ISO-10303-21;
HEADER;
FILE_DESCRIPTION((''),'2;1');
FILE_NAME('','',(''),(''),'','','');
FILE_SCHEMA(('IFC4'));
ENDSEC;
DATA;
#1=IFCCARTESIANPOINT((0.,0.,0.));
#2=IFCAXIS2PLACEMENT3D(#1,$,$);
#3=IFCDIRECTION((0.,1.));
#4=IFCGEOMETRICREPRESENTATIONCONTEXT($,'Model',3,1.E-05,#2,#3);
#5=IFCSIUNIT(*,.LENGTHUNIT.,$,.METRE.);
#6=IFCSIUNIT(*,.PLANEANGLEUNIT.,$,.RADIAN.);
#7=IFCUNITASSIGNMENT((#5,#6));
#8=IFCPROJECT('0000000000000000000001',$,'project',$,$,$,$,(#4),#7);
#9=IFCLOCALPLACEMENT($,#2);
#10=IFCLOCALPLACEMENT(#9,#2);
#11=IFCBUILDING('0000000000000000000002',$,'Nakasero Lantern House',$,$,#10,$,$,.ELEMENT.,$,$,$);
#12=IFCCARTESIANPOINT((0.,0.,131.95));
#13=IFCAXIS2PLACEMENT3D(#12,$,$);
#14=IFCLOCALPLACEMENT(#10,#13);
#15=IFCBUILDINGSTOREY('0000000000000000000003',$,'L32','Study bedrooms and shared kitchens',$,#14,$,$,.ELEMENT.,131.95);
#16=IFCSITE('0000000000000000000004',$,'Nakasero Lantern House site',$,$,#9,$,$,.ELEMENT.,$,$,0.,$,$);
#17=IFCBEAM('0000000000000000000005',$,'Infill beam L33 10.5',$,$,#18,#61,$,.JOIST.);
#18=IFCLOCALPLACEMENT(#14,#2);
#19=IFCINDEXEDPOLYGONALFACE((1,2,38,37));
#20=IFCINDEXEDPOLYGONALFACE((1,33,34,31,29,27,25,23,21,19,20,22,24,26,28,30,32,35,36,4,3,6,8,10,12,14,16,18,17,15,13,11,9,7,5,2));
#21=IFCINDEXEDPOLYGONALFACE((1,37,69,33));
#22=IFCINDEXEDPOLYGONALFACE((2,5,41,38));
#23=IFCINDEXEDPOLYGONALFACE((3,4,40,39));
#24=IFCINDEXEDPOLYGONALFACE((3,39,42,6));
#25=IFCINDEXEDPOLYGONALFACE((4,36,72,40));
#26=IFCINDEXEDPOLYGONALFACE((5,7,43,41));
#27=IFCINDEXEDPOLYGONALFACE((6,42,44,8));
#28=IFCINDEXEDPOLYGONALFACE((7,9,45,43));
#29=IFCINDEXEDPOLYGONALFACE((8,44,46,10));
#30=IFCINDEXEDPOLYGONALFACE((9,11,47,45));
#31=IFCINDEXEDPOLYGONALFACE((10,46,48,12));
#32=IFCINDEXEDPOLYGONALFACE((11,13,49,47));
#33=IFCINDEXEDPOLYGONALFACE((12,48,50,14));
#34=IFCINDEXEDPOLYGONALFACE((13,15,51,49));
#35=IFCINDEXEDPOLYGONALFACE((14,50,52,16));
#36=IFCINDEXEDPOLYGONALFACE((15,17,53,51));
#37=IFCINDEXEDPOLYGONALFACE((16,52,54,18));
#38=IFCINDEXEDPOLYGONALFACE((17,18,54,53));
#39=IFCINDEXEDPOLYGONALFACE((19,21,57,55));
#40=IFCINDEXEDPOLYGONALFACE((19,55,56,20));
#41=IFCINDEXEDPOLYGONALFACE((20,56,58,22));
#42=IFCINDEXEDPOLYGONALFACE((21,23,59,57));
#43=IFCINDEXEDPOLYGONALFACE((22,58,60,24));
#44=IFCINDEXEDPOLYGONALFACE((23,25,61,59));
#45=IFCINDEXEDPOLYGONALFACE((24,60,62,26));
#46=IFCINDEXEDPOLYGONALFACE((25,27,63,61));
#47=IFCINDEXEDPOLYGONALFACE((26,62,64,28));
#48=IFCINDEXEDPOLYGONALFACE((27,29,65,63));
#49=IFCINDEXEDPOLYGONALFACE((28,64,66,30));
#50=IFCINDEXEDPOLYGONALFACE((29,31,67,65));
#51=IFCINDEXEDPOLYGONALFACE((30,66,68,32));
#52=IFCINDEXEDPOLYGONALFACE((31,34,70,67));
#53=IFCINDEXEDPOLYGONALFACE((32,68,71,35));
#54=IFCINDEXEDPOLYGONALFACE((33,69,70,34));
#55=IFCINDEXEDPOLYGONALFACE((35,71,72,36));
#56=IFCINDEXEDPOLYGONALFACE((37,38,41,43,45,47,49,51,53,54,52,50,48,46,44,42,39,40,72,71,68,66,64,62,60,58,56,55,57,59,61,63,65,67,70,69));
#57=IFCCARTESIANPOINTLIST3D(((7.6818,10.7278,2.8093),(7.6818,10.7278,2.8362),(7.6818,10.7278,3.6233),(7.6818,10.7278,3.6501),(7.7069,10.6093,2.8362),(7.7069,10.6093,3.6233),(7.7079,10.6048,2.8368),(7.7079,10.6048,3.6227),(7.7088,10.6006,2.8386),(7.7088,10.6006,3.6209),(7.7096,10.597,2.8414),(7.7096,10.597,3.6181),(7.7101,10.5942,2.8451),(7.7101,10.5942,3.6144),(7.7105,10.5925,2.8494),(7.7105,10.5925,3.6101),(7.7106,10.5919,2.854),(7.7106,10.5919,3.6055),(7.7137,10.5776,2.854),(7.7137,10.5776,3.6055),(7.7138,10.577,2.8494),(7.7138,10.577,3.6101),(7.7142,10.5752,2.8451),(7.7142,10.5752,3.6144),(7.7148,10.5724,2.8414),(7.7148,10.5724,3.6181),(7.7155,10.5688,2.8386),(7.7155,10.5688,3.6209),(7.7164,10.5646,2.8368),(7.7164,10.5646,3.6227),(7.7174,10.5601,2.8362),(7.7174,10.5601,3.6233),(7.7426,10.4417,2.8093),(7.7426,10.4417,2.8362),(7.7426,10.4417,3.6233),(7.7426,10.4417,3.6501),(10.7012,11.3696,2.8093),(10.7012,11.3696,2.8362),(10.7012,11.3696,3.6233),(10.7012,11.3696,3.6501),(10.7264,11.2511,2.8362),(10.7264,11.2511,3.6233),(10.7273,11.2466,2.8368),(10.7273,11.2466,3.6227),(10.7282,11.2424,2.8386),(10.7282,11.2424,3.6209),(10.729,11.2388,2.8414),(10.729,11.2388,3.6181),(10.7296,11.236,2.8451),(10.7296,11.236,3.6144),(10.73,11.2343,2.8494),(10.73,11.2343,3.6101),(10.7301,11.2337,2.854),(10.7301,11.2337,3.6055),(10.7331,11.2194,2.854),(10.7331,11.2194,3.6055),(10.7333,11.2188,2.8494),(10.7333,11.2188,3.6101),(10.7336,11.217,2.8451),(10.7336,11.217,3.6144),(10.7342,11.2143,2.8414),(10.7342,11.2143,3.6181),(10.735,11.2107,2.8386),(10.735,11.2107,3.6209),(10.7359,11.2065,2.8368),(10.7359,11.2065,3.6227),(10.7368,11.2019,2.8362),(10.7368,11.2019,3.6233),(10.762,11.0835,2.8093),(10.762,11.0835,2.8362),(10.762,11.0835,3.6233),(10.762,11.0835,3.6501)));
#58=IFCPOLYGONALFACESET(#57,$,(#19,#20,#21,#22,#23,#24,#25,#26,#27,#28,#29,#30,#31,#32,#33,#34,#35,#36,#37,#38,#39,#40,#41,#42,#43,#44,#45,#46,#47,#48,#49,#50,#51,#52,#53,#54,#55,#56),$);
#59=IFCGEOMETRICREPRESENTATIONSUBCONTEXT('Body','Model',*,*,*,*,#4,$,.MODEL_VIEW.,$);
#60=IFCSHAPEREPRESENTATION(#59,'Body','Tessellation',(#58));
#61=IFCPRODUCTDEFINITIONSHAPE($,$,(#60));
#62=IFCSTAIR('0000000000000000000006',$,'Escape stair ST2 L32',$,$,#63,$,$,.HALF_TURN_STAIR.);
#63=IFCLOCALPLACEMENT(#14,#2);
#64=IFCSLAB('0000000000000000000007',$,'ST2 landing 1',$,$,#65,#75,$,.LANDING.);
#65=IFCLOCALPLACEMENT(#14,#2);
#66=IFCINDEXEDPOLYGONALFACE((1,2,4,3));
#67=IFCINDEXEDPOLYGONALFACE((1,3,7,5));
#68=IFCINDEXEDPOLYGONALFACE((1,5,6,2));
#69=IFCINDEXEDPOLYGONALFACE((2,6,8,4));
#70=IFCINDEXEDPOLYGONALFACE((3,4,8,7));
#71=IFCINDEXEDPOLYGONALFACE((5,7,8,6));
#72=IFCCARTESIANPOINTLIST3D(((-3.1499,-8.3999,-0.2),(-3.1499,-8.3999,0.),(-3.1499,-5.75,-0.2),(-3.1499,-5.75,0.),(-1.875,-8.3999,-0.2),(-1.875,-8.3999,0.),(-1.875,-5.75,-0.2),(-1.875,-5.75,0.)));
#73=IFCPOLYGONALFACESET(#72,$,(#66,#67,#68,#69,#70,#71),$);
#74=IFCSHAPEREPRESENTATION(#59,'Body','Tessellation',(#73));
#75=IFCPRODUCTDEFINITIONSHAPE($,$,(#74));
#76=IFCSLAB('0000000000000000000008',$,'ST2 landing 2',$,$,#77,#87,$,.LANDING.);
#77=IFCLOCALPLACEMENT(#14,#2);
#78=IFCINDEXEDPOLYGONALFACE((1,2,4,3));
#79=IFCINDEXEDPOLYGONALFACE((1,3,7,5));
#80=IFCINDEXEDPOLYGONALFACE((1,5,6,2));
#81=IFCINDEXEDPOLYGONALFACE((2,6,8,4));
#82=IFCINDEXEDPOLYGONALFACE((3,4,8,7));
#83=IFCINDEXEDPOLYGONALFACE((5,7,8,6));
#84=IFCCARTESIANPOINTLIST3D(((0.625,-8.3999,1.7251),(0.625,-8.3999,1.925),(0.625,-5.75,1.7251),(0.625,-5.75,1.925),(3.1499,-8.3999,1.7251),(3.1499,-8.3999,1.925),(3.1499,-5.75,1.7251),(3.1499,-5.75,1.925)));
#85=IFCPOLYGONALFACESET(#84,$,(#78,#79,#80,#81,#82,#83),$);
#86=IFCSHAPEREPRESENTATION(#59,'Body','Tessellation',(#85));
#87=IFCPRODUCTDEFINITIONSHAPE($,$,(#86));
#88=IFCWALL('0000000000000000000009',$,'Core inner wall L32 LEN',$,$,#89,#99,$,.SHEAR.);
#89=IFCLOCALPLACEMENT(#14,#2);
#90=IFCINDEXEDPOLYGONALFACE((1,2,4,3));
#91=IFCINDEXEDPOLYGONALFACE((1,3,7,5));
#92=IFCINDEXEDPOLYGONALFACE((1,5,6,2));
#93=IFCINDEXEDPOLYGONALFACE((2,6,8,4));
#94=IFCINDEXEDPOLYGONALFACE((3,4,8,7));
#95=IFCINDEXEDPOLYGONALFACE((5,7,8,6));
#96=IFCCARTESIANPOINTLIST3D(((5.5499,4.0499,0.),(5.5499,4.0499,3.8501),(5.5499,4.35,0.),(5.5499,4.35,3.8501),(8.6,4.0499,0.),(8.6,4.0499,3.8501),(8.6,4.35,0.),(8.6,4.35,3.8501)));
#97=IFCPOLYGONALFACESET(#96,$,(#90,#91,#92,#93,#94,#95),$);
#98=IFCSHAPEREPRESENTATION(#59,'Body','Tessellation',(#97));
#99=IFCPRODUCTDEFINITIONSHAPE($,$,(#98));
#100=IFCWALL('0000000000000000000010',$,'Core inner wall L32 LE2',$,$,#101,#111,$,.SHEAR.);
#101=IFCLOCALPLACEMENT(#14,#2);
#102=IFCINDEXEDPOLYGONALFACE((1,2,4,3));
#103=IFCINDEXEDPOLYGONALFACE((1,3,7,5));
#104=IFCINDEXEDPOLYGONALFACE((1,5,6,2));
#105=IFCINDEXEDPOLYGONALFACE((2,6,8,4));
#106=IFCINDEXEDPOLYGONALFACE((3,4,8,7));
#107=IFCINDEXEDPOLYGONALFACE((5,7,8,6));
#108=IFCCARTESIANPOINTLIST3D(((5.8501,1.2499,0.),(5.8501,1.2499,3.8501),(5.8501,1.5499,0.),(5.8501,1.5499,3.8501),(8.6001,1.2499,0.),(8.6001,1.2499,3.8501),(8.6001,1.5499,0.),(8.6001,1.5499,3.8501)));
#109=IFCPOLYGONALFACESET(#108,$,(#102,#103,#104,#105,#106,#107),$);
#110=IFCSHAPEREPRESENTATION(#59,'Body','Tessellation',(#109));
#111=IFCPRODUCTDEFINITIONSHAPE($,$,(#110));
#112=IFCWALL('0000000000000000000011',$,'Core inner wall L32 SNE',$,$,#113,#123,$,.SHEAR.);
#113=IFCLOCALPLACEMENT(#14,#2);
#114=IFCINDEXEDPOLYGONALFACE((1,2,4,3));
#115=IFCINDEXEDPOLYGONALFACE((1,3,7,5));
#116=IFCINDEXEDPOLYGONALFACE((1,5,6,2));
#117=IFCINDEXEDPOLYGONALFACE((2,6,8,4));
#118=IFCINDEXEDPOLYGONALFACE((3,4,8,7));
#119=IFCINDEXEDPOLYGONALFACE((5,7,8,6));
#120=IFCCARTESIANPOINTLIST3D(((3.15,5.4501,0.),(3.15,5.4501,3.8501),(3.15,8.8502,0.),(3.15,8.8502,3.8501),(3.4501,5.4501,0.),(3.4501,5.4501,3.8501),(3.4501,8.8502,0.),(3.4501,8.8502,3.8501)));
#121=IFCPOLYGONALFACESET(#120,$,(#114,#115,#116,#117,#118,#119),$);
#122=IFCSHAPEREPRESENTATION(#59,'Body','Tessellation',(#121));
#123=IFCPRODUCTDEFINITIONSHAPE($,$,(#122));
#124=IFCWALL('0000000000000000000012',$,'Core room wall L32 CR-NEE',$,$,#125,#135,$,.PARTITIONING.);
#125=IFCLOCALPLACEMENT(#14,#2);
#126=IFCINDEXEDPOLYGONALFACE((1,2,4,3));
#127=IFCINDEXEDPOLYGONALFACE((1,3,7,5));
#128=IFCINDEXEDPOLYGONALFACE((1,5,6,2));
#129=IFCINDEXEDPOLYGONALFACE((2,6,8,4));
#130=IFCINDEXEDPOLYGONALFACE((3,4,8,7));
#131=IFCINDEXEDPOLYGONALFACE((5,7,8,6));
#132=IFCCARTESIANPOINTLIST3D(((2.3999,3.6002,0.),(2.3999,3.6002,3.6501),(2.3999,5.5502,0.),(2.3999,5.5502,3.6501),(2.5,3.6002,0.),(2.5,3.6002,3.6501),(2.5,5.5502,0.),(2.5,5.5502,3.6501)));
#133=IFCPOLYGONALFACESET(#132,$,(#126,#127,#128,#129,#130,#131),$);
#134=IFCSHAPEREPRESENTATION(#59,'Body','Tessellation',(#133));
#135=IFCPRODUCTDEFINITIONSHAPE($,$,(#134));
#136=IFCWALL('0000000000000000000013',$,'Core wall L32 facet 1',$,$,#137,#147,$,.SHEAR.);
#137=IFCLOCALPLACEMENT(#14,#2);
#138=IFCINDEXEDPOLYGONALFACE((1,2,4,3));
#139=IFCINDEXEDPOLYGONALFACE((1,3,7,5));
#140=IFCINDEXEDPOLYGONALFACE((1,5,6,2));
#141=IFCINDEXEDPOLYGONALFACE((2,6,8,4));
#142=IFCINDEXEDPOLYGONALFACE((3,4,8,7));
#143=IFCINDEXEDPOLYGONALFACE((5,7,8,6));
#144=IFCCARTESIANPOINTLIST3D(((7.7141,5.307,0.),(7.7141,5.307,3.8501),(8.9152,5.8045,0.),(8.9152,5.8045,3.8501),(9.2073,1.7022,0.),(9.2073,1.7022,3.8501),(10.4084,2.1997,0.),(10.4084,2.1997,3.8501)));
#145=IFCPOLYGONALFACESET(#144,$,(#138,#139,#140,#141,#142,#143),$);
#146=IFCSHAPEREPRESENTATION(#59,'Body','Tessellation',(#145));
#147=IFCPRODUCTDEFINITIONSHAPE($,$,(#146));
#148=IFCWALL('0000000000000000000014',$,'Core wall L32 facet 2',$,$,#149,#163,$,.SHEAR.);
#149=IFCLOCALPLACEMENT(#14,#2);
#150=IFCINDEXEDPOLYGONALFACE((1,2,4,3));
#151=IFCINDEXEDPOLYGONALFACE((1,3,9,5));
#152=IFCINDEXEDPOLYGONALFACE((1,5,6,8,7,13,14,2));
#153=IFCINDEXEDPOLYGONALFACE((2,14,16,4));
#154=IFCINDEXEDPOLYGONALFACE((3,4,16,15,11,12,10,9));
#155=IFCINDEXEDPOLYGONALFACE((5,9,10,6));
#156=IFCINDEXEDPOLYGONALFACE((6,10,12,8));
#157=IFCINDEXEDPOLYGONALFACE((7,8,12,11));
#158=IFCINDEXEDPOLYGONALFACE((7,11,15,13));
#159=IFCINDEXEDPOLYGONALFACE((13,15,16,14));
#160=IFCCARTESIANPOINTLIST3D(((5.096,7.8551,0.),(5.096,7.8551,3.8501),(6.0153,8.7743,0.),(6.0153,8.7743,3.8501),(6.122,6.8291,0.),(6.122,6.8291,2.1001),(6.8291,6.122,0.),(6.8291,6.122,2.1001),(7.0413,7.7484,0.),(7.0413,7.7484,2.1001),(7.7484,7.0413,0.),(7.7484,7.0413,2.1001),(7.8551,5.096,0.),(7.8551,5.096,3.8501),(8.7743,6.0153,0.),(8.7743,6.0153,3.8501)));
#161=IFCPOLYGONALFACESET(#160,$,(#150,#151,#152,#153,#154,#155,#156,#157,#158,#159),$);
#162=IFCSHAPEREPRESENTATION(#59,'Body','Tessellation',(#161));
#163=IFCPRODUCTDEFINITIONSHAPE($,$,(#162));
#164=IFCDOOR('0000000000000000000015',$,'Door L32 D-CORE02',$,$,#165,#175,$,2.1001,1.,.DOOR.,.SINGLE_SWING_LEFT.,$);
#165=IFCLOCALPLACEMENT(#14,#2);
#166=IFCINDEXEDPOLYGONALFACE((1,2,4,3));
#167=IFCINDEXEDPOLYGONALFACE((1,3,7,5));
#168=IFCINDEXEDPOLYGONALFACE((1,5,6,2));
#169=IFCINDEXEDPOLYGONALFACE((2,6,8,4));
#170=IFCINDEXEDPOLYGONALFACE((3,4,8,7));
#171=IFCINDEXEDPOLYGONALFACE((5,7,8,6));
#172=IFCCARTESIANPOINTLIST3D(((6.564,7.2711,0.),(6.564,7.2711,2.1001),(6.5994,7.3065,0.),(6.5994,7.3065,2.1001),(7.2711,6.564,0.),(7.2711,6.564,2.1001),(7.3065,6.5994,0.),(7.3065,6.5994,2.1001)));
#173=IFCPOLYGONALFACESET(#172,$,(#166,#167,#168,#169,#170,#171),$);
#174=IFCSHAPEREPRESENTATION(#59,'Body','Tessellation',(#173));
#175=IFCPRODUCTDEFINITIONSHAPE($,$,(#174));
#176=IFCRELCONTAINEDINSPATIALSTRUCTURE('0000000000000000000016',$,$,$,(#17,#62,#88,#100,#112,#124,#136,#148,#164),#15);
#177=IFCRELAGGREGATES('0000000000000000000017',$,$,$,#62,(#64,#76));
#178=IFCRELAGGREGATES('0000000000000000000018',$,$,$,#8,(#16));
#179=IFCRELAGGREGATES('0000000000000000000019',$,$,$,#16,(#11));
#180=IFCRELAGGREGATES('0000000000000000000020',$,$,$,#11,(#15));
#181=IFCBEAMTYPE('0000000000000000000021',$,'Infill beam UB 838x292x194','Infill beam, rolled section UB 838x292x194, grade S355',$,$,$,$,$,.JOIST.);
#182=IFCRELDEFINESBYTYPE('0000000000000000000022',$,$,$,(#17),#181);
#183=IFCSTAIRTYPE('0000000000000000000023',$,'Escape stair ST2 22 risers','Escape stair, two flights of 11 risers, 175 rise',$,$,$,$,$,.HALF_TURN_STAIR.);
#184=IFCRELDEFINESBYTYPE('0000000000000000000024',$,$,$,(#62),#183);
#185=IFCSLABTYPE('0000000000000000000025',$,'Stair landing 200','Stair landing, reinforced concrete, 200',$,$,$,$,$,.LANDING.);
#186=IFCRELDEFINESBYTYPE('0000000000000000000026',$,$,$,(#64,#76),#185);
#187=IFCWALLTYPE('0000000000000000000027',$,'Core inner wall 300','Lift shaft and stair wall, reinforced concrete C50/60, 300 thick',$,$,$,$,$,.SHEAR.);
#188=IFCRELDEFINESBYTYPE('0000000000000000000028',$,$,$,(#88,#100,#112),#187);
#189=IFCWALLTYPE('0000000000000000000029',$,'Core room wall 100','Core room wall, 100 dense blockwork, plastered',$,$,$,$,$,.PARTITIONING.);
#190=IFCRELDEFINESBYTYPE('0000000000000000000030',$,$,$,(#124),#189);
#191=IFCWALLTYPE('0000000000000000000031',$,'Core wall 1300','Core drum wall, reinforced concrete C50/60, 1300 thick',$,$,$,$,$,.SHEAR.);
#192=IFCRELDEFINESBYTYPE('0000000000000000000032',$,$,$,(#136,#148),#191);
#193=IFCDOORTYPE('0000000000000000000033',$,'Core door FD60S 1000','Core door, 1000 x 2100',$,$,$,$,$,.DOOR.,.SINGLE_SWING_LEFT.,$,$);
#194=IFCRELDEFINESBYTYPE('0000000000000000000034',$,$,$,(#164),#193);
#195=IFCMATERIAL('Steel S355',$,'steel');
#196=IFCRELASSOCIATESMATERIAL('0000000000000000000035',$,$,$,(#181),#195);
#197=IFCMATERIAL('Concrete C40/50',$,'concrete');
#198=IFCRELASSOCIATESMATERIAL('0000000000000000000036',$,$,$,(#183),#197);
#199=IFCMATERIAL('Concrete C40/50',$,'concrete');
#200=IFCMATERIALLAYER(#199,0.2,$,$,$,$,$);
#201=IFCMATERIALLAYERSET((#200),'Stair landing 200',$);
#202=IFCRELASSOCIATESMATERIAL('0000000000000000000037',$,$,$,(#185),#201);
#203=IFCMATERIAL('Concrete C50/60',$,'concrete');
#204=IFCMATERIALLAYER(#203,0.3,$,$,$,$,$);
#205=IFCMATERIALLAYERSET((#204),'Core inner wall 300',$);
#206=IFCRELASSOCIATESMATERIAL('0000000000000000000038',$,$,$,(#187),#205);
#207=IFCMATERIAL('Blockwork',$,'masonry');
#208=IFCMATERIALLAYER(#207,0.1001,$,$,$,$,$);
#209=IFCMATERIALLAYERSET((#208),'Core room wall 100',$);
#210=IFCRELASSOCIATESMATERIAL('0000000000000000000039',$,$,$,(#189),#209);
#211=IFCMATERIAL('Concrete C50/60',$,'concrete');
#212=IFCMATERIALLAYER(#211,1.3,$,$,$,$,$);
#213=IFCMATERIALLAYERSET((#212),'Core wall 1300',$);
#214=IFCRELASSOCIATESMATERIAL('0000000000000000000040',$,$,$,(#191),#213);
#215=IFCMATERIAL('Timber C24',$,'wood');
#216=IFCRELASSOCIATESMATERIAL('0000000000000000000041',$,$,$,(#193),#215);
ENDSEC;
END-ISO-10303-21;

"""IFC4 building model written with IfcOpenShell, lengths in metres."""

from ifc_helpers import new_model, si_unit, direction, frame, frame_2d, origin, origin_2d, place, context, subcontext, project, spatial, polyline, rectangle, i_section, outline, extrude, material, layer, layer_set, material_profile, profile_set, type_object, element, fill, aggregate, save


model = new_model("IFC4")

# Units and contexts
model_context = context("Model", 3, precision=1e-05, world=origin(), true_north=direction((0.0, 1.0)))
body_context = subcontext(model_context, "Body", "Model", "MODEL_VIEW")
ifc_project = project(units=[si_unit("LENGTHUNIT", "METRE"), si_unit("PLANEANGLEUNIT", "RADIAN")], contexts=[model_context])

# Site, building, storey
site_placement = place(None, origin())
site = spatial("IfcSite", under=ifc_project, at=site_placement, Name="Nakasero Lantern House site", CompositionType="ELEMENT", RefElevation=0.0)
building_placement = place(site_placement, origin())
building = spatial("IfcBuilding", under=site, at=building_placement, Name="Nakasero Lantern House", CompositionType="ELEMENT")
storey_placement = place(building_placement, frame((0.0, 0.0, 131.95)))
storey = spatial("IfcBuildingStorey", under=building, at=storey_placement, Name="L32", Description="Study bedrooms and shared kitchens", CompositionType="ELEMENT", Elevation=131.95)

# Beam
ifc_material_1 = material(Name="Steel S355", Category="steel")
ifc_material_profile_1 = material_profile(ifc_material_1, i_section(OverallWidth=0.2925, OverallDepth=0.8408, WebThickness=0.0146, FlangeThickness=0.0269, FilletRadius=0.0178, at=origin_2d()), Name="UB 838x292x194")
ifc_profile_set_1 = profile_set([ifc_material_profile_1], Name="Steel S355")
beam_type_1 = type_object("IfcBeamType", Name="Infill beam UB 838x292x194", Description="Infill beam, rolled section UB 838x292x194, grade S355", PredefinedType="JOIST", material=ifc_profile_set_1)
beam_1_placement = place(storey_placement, frame((7.7122, 10.5847, 3.2297), z_axis=(0.978146, 0.207919, 0.0), x_axis=(-0.207919, 0.978146, 0.0)))
element("IfcBeam", 1, at=beam_1_placement, inside=storey, type_object=beam_type_1, Name="Infill beam L33 10.5", PredefinedType="JOIST", context=body_context, shape_type="SweptSolid", body=[
    extrude(i_section(OverallWidth=0.2925, OverallDepth=0.8408, WebThickness=0.0146, FlangeThickness=0.0269, FilletRadius=0.0178, at=origin_2d()), origin(), (0.0, 0.0, 1.0), 3.0869),
])

# Stair, slabs
ifc_material_2 = material(Name="Concrete C40/50", Category="concrete")
stair_type_1 = type_object("IfcStairType", Name="Escape stair ST2 22 risers", Description="Escape stair, two flights of 11 risers, 175 rise", PredefinedType="HALF_TURN_STAIR", material=ifc_material_2)
stair_1_placement = place(storey_placement, origin())
stair_1 = element("IfcStair", 2, at=stair_1_placement, inside=storey, type_object=stair_type_1, Name="Escape stair ST2 L32", PredefinedType="HALF_TURN_STAIR")
ifc_material_3 = material(Name="Concrete C40/50", Category="concrete")
ifc_layer_1 = layer(ifc_material_3, 0.2)
ifc_layer_set_1 = layer_set([ifc_layer_1], Name="Stair landing 200")
slab_type = type_object("IfcSlabType", Name="Stair landing 200", Description="Stair landing, reinforced concrete, 200", PredefinedType="LANDING", material=ifc_layer_set_1)
slab_1_placement = place(storey_placement, frame((0.0, 0.0, -0.2)))
slab_1 = element("IfcSlab", 3, at=slab_1_placement, type_object=slab_type, Name="ST2 landing 1", PredefinedType="LANDING", context=body_context, shape_type="SweptSolid", body=[
    extrude(outline(polyline([(-3.1499, -8.3999), (-1.875, -8.3999), (-1.875, -5.75), (-3.1499, -5.75), (-3.1499, -8.3999)])), origin(), (0.0, 0.0, 1.0), 0.2),
])
slab_2_placement = place(storey_placement, frame((0.0, 0.0, 1.7251)))
slab_2 = element("IfcSlab", 4, at=slab_2_placement, type_object=slab_type, Name="ST2 landing 2", PredefinedType="LANDING", context=body_context, shape_type="SweptSolid", body=[
    extrude(outline(polyline([(0.625, -8.3999), (3.1499, -8.3999), (3.1499, -5.75), (0.625, -5.75), (0.625, -8.3999)])), origin(), (0.0, 0.0, 1.0), 0.2),
])
aggregate(stair_1, [slab_1, slab_2])

# Walls
ifc_material_4 = material(Name="Concrete C50/60", Category="concrete")
ifc_layer_2 = layer(ifc_material_4, 0.3)
ifc_layer_set_2 = layer_set([ifc_layer_2], Name="Core inner wall 300")
wall_type_1 = type_object("IfcWallType", Name="Core inner wall 300", Description="Lift shaft and stair wall, reinforced concrete C50/60, 300 thick", PredefinedType="SHEAR", material=ifc_layer_set_2)
wall_1_placement = place(storey_placement, frame((5.55, 4.2, 0.0), z_axis=(0.0, 0.0, 1.0), x_axis=(1.0, 0.0, 0.0)))
element("IfcWall", 5, at=wall_1_placement, inside=storey, type_object=wall_type_1, Name="Core inner wall L32 LEN", PredefinedType="SHEAR", context=body_context, shape_type="SweptSolid", body=[
    extrude(rectangle(XDim=3.05, YDim=0.3, at=frame_2d((1.5249, 0.0))), origin(), (0.0, 0.0, 1.0), 3.8501),
])
wall_2_placement = place(storey_placement, frame((5.8501, 1.3999, 0.0), z_axis=(0.0, 0.0, 1.0), x_axis=(1.0, 0.0, 0.0)))
element("IfcWall", 6, at=wall_2_placement, inside=storey, type_object=wall_type_1, Name="Core inner wall L32 LE2", PredefinedType="SHEAR", context=body_context, shape_type="SweptSolid", body=[
    extrude(rectangle(XDim=2.75, YDim=0.3, at=frame_2d((1.375, 0.0))), origin(), (0.0, 0.0, 1.0), 3.8501),
])
wall_3_placement = place(storey_placement, frame((3.3, 5.45, 0.0), z_axis=(0.0, 0.0, 1.0), x_axis=(0.0, 1.0, 0.0)))
element("IfcWall", 7, at=wall_3_placement, inside=storey, type_object=wall_type_1, Name="Core inner wall L32 SNE", PredefinedType="SHEAR", context=body_context, shape_type="SweptSolid", body=[
    extrude(rectangle(XDim=3.4001, YDim=0.3, at=frame_2d((1.7002, 0.0))), origin(), (0.0, 0.0, 1.0), 3.8501),
])
ifc_material_5 = material(Name="Blockwork", Category="masonry")
ifc_layer_3 = layer(ifc_material_5, 0.1001)
ifc_layer_set_3 = layer_set([ifc_layer_3], Name="Core room wall 100")
wall_type_2 = type_object("IfcWallType", Name="Core room wall 100", Description="Core room wall, 100 dense blockwork, plastered", PredefinedType="PARTITIONING", material=ifc_layer_set_3)
wall_4_placement = place(storey_placement, frame((2.45, 3.6001, 0.0), z_axis=(0.0, 0.0, 1.0), x_axis=(0.0, 1.0, 0.0)))
element("IfcWall", 8, at=wall_4_placement, inside=storey, type_object=wall_type_2, Name="Core room wall L32 CR-NEE", PredefinedType="PARTITIONING", context=body_context, shape_type="SweptSolid", body=[
    extrude(rectangle(XDim=1.95, YDim=0.1001, at=frame_2d((0.9751, 0.0))), origin(), (0.0, 0.0, 1.0), 3.6501),
])
ifc_material_6 = material(Name="Concrete C50/60", Category="concrete")
ifc_layer_4 = layer(ifc_material_6, 1.3)
ifc_layer_set_4 = layer_set([ifc_layer_4], Name="Core wall 1300")
wall_type_3 = type_object("IfcWallType", Name="Core wall 1300", Description="Core drum wall, reinforced concrete C50/60, 1300 thick", PredefinedType="SHEAR", material=ifc_layer_set_4)
wall_5_placement = place(storey_placement, frame((9.8079, 1.9509, 0.0), z_axis=(0.0, 0.0, 1.0), x_axis=(-0.382691, 0.923877, 0.0)))
element("IfcWall", 9, at=wall_5_placement, inside=storey, type_object=wall_type_3, Name="Core wall L32 facet 1", PredefinedType="SHEAR", context=body_context, shape_type="SweptSolid", body=[
    extrude(rectangle(XDim=3.9019, YDim=1.3, at=frame_2d((1.9509, 0.0))), origin(), (0.0, 0.0, 1.0), 3.8501),
])

# Wall, opening, door
wall_6_placement = place(storey_placement, frame((8.3147, 5.5557, 0.0), z_axis=(0.0, 0.0, 1.0), x_axis=(-0.707107, 0.707107, 0.0)))
wall_6 = element("IfcWall", 10, at=wall_6_placement, inside=storey, type_object=wall_type_3, Name="Core wall L32 facet 2", PredefinedType="SHEAR", context=body_context, shape_type="SweptSolid", body=[
    extrude(rectangle(XDim=3.9019, YDim=1.3, at=frame_2d((1.9509, 0.0))), origin(), (0.0, 0.0, 1.0), 3.8501),
])
opening_1_placement = place(wall_6_placement, frame((1.4509, 0.0, 0.0)))
opening_1 = element("IfcOpeningElement", 11, at=opening_1_placement, cuts=wall_6, PredefinedType="OPENING", context=body_context, shape_type="SweptSolid", body=[
    extrude(rectangle(XDim=1.0, YDim=2.1001, at=frame_2d((0.5, 1.05))), frame((0.0, 0.6699, 0.0), z_axis=(0.0, -1.0, 0.0), x_axis=(1.0, 0.0, 0.0)), (0.0, 0.0, 1.0), 1.3401),
])
ifc_material_7 = material(Name="Timber C24", Category="wood")
door_type_1 = type_object("IfcDoorType", Name="Core door FD60S 1000", Description="Core door, 1000 x 2100", OperationType="SINGLE_SWING_LEFT", PredefinedType="DOOR", material=ifc_material_7)
door_1_placement = place(opening_1_placement, origin())
door_1 = element("IfcDoor", 12, at=door_1_placement, inside=storey, type_object=door_type_1, Name="Door L32 D-CORE02", OperationType="SINGLE_SWING_LEFT", OverallHeight=2.1001, OverallWidth=1.0, PredefinedType="DOOR", context=body_context, shape_type="SweptSolid", body=[
    extrude(rectangle(XDim=1.0, YDim=2.1001, at=frame_2d((0.5, 1.05))), frame((0.0, 0.0249, 0.0), z_axis=(0.0, -1.0, 0.0), x_axis=(1.0, 0.0, 0.0)), (0.0, 0.0, 1.0), 0.05),
])
fill(opening_1, door_1)

save(model, "model.ifc")
